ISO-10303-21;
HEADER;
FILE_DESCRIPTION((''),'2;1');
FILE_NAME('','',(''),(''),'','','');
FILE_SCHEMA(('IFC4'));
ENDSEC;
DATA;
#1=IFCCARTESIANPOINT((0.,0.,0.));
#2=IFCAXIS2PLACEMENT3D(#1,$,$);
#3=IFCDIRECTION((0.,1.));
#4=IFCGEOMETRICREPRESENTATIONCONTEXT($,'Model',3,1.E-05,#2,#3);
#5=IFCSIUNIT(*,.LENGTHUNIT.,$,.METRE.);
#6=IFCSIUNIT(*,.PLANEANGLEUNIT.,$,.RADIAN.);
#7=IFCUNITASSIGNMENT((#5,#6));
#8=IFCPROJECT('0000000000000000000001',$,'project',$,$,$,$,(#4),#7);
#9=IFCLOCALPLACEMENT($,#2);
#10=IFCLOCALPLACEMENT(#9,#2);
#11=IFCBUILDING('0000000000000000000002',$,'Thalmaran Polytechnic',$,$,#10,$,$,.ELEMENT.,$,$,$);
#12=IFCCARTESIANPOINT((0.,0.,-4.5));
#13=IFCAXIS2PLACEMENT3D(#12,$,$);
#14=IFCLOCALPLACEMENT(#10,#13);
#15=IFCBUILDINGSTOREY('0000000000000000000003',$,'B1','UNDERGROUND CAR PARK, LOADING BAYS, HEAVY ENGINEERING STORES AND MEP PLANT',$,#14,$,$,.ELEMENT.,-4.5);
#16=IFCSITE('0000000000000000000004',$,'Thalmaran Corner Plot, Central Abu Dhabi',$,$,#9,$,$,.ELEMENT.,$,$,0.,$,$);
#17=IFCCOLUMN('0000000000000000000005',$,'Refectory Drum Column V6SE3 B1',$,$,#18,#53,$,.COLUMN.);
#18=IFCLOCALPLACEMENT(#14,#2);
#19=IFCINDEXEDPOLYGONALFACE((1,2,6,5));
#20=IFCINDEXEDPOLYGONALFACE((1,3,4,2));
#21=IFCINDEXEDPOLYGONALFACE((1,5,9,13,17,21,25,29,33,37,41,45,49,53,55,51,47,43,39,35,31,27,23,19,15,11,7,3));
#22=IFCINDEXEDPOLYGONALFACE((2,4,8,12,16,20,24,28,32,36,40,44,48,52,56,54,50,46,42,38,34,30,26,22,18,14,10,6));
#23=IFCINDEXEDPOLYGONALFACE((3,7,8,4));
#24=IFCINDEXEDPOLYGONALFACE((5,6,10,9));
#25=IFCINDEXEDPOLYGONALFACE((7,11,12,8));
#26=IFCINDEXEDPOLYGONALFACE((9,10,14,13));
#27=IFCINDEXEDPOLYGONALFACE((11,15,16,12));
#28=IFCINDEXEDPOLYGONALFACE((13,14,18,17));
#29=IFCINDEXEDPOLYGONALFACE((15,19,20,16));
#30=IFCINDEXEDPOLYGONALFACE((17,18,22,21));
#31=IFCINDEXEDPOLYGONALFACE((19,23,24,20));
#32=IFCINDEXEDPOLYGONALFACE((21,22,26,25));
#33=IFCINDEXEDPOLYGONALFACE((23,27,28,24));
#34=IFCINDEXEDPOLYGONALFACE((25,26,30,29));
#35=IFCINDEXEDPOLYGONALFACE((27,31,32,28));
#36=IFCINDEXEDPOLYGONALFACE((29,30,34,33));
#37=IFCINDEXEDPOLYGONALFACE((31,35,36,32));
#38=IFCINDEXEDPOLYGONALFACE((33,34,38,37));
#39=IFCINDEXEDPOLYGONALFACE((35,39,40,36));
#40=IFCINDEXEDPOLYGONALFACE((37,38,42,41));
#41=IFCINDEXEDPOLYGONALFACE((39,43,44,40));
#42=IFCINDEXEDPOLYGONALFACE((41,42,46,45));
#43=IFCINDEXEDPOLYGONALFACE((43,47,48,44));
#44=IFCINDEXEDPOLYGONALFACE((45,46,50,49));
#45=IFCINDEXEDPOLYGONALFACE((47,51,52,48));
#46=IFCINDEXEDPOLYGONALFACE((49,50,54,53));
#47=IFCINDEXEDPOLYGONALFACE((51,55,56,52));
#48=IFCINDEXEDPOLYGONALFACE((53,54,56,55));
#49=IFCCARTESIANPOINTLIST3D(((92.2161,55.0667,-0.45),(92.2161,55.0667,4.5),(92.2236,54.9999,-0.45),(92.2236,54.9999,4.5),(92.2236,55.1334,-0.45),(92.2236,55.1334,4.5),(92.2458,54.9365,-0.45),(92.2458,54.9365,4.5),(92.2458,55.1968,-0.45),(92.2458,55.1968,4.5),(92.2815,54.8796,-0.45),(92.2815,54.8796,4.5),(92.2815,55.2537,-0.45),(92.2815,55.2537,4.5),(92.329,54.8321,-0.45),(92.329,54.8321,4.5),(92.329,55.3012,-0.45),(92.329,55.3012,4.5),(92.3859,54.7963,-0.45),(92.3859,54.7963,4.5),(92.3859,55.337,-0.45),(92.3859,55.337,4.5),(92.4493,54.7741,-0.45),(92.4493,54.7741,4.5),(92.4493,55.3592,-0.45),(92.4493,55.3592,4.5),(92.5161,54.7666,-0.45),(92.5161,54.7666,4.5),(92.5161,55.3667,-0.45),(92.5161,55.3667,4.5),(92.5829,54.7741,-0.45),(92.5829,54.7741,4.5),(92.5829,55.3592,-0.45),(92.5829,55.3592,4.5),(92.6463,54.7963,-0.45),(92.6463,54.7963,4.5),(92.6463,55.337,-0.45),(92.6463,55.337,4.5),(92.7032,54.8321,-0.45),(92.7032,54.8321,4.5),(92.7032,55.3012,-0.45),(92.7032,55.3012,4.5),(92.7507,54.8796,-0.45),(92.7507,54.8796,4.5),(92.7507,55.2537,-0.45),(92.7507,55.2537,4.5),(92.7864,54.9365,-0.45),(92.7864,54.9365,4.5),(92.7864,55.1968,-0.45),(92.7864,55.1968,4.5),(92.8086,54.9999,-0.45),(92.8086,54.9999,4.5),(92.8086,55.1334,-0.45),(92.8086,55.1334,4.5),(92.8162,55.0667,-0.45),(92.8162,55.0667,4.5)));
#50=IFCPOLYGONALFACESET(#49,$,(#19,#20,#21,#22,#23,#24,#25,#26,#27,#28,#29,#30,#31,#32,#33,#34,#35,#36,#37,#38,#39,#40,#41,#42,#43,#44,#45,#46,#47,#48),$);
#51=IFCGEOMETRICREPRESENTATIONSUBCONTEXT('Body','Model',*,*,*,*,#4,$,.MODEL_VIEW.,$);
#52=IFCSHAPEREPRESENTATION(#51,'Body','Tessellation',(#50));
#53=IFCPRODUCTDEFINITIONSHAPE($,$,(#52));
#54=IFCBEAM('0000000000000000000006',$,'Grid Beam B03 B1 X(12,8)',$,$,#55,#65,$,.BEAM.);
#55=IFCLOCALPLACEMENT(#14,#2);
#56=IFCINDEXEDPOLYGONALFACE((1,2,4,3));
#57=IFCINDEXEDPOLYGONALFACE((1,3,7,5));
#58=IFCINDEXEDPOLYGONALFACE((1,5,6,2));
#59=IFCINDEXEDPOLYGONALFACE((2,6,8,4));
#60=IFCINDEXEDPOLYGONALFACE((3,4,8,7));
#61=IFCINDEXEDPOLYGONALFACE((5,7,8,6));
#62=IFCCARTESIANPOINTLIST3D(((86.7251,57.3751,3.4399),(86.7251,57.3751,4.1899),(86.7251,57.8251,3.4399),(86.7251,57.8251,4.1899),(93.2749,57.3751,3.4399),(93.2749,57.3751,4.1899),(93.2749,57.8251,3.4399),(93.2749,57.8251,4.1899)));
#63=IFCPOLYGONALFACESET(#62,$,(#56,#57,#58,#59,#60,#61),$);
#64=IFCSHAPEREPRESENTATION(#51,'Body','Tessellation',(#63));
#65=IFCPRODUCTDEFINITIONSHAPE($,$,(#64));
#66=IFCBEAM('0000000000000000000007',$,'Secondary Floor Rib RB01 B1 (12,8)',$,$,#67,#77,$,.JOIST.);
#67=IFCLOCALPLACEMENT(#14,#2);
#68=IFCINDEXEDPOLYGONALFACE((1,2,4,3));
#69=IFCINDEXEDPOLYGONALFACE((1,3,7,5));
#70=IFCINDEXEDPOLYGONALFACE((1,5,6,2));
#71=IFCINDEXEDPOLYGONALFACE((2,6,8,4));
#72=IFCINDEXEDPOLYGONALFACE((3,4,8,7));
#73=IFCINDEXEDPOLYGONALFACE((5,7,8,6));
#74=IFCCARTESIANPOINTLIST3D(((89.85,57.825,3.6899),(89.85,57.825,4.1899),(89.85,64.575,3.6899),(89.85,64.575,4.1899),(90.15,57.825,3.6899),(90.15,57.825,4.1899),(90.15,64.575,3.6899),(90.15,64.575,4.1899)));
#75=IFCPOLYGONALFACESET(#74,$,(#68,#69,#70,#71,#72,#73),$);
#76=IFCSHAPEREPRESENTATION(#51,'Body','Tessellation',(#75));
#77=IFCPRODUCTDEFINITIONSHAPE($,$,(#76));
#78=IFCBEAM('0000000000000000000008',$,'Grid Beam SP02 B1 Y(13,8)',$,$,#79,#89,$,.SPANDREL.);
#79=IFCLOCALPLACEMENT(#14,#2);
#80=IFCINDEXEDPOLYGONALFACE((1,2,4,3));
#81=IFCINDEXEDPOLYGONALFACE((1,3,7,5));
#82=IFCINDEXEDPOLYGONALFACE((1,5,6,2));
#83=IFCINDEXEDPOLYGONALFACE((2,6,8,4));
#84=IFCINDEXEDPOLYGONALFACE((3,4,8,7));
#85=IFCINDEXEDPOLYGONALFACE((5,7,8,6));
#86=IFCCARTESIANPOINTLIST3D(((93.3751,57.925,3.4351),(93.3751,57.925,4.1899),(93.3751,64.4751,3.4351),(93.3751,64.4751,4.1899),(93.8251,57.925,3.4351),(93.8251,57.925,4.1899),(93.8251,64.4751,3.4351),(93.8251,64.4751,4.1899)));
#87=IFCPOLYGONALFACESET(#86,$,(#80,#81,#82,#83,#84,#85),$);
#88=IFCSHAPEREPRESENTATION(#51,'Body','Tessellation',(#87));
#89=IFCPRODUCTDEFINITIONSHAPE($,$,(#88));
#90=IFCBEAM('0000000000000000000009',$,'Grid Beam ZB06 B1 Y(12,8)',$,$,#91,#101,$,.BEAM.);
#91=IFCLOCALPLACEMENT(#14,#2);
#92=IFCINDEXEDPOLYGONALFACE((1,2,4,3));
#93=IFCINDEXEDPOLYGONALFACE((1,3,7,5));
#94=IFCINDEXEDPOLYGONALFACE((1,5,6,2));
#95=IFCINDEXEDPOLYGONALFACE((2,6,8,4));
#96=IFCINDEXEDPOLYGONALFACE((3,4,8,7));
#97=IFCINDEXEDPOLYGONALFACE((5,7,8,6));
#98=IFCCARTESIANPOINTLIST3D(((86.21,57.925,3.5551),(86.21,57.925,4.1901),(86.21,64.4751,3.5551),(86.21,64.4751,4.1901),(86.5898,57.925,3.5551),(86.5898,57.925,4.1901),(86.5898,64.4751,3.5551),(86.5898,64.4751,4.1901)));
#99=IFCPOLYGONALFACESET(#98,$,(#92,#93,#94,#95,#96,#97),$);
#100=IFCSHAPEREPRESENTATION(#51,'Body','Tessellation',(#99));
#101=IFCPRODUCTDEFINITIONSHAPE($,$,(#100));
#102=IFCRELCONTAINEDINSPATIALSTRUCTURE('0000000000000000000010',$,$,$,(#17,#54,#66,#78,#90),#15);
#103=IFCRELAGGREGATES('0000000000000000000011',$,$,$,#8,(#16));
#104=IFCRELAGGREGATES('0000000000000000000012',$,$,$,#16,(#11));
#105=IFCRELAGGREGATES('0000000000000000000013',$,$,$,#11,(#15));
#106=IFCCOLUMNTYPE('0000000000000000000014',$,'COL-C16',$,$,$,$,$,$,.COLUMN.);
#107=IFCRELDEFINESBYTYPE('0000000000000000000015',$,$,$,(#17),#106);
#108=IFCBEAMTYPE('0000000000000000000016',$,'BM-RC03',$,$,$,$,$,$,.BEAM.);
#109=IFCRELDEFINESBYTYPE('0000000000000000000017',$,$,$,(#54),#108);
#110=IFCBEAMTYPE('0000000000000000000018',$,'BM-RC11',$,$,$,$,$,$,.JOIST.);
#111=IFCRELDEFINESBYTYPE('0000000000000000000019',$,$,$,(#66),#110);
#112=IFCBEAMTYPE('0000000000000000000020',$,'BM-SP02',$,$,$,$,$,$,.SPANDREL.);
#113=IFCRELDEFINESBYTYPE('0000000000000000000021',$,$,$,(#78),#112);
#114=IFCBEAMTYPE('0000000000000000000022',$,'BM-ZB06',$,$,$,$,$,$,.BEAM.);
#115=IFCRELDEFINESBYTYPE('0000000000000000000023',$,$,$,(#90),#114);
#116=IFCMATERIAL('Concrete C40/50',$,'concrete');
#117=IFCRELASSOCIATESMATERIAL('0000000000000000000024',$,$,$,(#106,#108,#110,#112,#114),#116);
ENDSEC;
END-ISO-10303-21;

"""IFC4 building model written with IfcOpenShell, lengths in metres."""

from ifc_helpers import new_model, si_unit, direction, frame, origin, origin_2d, place, context, subcontext, project, spatial, rectangle, circle, extrude, material, material_profile, profile_set, type_object, element, save


model = new_model("IFC4")

# Units and contexts
model_context = context("Model", 3, precision=1e-05, world=origin(), true_north=direction((0.0, 1.0)))
body_context = subcontext(model_context, "Body", "Model", "MODEL_VIEW")
ifc_project = project(units=[si_unit("LENGTHUNIT", "METRE"), si_unit("PLANEANGLEUNIT", "RADIAN")], contexts=[model_context])

# Site, building, storey
site_placement = place(None, origin())
site = spatial("IfcSite", under=ifc_project, at=site_placement, Name="Thalmaran Corner Plot, Central Abu Dhabi", CompositionType="ELEMENT", RefElevation=0.0)
building_placement = place(site_placement, origin())
building = spatial("IfcBuilding", under=site, at=building_placement, Name="Thalmaran Polytechnic", CompositionType="ELEMENT")
storey_placement = place(building_placement, frame((0.0, 0.0, -4.5)))
storey = spatial("IfcBuildingStorey", under=building, at=storey_placement, Name="B1", Description="UNDERGROUND CAR PARK, LOADING BAYS, HEAVY ENGINEERING STORES AND MEP PLANT", CompositionType="ELEMENT", Elevation=-4.5)

# Shared definitions
ifc_material_1 = material(Name="Concrete C40/50", Category="concrete")

# Column
ifc_material_profile_1 = material_profile(ifc_material_1, circle(Radius=0.3, at=origin_2d()), Name="RC 600 DIA")
ifc_profile_set_1 = profile_set([ifc_material_profile_1], Name="Concrete C40/50")
column_type_1 = type_object("IfcColumnType", Name="COL-C16", PredefinedType="COLUMN", material=ifc_profile_set_1)
for number, where, z_axis, x_axis, name in (
    (1, (92.5161, 55.0667, -0.45), (0.0, 0.0, 1.0), (1.0, 0.0, 0.0), "Refectory Drum Column V6SE3 B1"),
):
    element("IfcColumn", number, at=place(storey_placement, frame(where, z_axis=z_axis, x_axis=x_axis)), inside=storey, type_object=column_type_1, Name=name, PredefinedType="COLUMN", context=body_context, shape_type="SweptSolid", body=[
        extrude(circle(Radius=0.3, at=origin_2d()), origin(), (0.0, 0.0, 1.0), 4.95),
    ])

# Beams
ifc_material_profile_2 = material_profile(ifc_material_1, rectangle(XDim=0.45, YDim=0.75, at=origin_2d()), Name="RC 450x750")
ifc_profile_set_2 = profile_set([ifc_material_profile_2], Name="Concrete C40/50")
beam_type_1 = type_object("IfcBeamType", Name="BM-RC03", PredefinedType="BEAM", material=ifc_profile_set_2)
beam_1_placement = place(storey_placement, frame((86.7251, 57.6001, 3.8149), z_axis=(1.0, 0.0, 0.0), x_axis=(0.0, 1.0, 0.0)))
element("IfcBeam", 2, at=beam_1_placement, inside=storey, type_object=beam_type_1, Name="Grid Beam B03 B1 X(12,8)", PredefinedType="BEAM", context=body_context, shape_type="SweptSolid", body=[
    extrude(rectangle(XDim=0.45, YDim=0.75, at=origin_2d()), origin(), (0.0, 0.0, 1.0), 6.5498),
])
ifc_material_profile_3 = material_profile(ifc_material_1, rectangle(XDim=0.3, YDim=0.5, at=origin_2d()), Name="RC 300x500")
ifc_profile_set_3 = profile_set([ifc_material_profile_3], Name="Concrete C40/50")
beam_type_2 = type_object("IfcBeamType", Name="BM-RC11", PredefinedType="JOIST", material=ifc_profile_set_3)
beam_2_placement = place(storey_placement, frame((90.0, 57.825, 3.9399), z_axis=(0.0, 1.0, 0.0), x_axis=(-1.0, 0.0, 0.0)))
element("IfcBeam", 3, at=beam_2_placement, inside=storey, type_object=beam_type_2, Name="Secondary Floor Rib RB01 B1 (12,8)", PredefinedType="JOIST", context=body_context, shape_type="SweptSolid", body=[
    extrude(rectangle(XDim=0.3, YDim=0.5, at=origin_2d()), origin(), (0.0, 0.0, 1.0), 6.75),
])
ifc_material_profile_4 = material_profile(ifc_material_1, rectangle(XDim=0.45, YDim=0.7549, at=origin_2d()), Name="RC 450x755")
ifc_profile_set_4 = profile_set([ifc_material_profile_4], Name="Concrete C40/50")
beam_type_3 = type_object("IfcBeamType", Name="BM-SP02", PredefinedType="SPANDREL", material=ifc_profile_set_4)
beam_3_placement = place(storey_placement, frame((93.6001, 57.925, 3.8125), z_axis=(0.0, 1.0, 0.0), x_axis=(-1.0, 0.0, 0.0)))
element("IfcBeam", 4, at=beam_3_placement, inside=storey, type_object=beam_type_3, Name="Grid Beam SP02 B1 Y(13,8)", PredefinedType="SPANDREL", context=body_context, shape_type="SweptSolid", body=[
    extrude(rectangle(XDim=0.45, YDim=0.7549, at=origin_2d()), origin(), (0.0, 0.0, 1.0), 6.55),
])
ifc_material_profile_5 = material_profile(ifc_material_1, rectangle(XDim=0.3799, YDim=0.635, at=origin_2d()), Name="RC 380x635")
ifc_profile_set_5 = profile_set([ifc_material_profile_5], Name="Concrete C40/50")
beam_type_4 = type_object("IfcBeamType", Name="BM-ZB06", PredefinedType="BEAM", material=ifc_profile_set_5)
beam_4_placement = place(storey_placement, frame((86.3999, 57.925, 3.8726), z_axis=(0.0, 1.0, 0.0), x_axis=(-1.0, 0.0, 0.0)))
element("IfcBeam", 5, at=beam_4_placement, inside=storey, type_object=beam_type_4, Name="Grid Beam ZB06 B1 Y(12,8)", PredefinedType="BEAM", context=body_context, shape_type="SweptSolid", body=[
    extrude(rectangle(XDim=0.3799, YDim=0.635, at=origin_2d()), origin(), (0.0, 0.0, 1.0), 6.55),
])

save(model, "model.ifc")
